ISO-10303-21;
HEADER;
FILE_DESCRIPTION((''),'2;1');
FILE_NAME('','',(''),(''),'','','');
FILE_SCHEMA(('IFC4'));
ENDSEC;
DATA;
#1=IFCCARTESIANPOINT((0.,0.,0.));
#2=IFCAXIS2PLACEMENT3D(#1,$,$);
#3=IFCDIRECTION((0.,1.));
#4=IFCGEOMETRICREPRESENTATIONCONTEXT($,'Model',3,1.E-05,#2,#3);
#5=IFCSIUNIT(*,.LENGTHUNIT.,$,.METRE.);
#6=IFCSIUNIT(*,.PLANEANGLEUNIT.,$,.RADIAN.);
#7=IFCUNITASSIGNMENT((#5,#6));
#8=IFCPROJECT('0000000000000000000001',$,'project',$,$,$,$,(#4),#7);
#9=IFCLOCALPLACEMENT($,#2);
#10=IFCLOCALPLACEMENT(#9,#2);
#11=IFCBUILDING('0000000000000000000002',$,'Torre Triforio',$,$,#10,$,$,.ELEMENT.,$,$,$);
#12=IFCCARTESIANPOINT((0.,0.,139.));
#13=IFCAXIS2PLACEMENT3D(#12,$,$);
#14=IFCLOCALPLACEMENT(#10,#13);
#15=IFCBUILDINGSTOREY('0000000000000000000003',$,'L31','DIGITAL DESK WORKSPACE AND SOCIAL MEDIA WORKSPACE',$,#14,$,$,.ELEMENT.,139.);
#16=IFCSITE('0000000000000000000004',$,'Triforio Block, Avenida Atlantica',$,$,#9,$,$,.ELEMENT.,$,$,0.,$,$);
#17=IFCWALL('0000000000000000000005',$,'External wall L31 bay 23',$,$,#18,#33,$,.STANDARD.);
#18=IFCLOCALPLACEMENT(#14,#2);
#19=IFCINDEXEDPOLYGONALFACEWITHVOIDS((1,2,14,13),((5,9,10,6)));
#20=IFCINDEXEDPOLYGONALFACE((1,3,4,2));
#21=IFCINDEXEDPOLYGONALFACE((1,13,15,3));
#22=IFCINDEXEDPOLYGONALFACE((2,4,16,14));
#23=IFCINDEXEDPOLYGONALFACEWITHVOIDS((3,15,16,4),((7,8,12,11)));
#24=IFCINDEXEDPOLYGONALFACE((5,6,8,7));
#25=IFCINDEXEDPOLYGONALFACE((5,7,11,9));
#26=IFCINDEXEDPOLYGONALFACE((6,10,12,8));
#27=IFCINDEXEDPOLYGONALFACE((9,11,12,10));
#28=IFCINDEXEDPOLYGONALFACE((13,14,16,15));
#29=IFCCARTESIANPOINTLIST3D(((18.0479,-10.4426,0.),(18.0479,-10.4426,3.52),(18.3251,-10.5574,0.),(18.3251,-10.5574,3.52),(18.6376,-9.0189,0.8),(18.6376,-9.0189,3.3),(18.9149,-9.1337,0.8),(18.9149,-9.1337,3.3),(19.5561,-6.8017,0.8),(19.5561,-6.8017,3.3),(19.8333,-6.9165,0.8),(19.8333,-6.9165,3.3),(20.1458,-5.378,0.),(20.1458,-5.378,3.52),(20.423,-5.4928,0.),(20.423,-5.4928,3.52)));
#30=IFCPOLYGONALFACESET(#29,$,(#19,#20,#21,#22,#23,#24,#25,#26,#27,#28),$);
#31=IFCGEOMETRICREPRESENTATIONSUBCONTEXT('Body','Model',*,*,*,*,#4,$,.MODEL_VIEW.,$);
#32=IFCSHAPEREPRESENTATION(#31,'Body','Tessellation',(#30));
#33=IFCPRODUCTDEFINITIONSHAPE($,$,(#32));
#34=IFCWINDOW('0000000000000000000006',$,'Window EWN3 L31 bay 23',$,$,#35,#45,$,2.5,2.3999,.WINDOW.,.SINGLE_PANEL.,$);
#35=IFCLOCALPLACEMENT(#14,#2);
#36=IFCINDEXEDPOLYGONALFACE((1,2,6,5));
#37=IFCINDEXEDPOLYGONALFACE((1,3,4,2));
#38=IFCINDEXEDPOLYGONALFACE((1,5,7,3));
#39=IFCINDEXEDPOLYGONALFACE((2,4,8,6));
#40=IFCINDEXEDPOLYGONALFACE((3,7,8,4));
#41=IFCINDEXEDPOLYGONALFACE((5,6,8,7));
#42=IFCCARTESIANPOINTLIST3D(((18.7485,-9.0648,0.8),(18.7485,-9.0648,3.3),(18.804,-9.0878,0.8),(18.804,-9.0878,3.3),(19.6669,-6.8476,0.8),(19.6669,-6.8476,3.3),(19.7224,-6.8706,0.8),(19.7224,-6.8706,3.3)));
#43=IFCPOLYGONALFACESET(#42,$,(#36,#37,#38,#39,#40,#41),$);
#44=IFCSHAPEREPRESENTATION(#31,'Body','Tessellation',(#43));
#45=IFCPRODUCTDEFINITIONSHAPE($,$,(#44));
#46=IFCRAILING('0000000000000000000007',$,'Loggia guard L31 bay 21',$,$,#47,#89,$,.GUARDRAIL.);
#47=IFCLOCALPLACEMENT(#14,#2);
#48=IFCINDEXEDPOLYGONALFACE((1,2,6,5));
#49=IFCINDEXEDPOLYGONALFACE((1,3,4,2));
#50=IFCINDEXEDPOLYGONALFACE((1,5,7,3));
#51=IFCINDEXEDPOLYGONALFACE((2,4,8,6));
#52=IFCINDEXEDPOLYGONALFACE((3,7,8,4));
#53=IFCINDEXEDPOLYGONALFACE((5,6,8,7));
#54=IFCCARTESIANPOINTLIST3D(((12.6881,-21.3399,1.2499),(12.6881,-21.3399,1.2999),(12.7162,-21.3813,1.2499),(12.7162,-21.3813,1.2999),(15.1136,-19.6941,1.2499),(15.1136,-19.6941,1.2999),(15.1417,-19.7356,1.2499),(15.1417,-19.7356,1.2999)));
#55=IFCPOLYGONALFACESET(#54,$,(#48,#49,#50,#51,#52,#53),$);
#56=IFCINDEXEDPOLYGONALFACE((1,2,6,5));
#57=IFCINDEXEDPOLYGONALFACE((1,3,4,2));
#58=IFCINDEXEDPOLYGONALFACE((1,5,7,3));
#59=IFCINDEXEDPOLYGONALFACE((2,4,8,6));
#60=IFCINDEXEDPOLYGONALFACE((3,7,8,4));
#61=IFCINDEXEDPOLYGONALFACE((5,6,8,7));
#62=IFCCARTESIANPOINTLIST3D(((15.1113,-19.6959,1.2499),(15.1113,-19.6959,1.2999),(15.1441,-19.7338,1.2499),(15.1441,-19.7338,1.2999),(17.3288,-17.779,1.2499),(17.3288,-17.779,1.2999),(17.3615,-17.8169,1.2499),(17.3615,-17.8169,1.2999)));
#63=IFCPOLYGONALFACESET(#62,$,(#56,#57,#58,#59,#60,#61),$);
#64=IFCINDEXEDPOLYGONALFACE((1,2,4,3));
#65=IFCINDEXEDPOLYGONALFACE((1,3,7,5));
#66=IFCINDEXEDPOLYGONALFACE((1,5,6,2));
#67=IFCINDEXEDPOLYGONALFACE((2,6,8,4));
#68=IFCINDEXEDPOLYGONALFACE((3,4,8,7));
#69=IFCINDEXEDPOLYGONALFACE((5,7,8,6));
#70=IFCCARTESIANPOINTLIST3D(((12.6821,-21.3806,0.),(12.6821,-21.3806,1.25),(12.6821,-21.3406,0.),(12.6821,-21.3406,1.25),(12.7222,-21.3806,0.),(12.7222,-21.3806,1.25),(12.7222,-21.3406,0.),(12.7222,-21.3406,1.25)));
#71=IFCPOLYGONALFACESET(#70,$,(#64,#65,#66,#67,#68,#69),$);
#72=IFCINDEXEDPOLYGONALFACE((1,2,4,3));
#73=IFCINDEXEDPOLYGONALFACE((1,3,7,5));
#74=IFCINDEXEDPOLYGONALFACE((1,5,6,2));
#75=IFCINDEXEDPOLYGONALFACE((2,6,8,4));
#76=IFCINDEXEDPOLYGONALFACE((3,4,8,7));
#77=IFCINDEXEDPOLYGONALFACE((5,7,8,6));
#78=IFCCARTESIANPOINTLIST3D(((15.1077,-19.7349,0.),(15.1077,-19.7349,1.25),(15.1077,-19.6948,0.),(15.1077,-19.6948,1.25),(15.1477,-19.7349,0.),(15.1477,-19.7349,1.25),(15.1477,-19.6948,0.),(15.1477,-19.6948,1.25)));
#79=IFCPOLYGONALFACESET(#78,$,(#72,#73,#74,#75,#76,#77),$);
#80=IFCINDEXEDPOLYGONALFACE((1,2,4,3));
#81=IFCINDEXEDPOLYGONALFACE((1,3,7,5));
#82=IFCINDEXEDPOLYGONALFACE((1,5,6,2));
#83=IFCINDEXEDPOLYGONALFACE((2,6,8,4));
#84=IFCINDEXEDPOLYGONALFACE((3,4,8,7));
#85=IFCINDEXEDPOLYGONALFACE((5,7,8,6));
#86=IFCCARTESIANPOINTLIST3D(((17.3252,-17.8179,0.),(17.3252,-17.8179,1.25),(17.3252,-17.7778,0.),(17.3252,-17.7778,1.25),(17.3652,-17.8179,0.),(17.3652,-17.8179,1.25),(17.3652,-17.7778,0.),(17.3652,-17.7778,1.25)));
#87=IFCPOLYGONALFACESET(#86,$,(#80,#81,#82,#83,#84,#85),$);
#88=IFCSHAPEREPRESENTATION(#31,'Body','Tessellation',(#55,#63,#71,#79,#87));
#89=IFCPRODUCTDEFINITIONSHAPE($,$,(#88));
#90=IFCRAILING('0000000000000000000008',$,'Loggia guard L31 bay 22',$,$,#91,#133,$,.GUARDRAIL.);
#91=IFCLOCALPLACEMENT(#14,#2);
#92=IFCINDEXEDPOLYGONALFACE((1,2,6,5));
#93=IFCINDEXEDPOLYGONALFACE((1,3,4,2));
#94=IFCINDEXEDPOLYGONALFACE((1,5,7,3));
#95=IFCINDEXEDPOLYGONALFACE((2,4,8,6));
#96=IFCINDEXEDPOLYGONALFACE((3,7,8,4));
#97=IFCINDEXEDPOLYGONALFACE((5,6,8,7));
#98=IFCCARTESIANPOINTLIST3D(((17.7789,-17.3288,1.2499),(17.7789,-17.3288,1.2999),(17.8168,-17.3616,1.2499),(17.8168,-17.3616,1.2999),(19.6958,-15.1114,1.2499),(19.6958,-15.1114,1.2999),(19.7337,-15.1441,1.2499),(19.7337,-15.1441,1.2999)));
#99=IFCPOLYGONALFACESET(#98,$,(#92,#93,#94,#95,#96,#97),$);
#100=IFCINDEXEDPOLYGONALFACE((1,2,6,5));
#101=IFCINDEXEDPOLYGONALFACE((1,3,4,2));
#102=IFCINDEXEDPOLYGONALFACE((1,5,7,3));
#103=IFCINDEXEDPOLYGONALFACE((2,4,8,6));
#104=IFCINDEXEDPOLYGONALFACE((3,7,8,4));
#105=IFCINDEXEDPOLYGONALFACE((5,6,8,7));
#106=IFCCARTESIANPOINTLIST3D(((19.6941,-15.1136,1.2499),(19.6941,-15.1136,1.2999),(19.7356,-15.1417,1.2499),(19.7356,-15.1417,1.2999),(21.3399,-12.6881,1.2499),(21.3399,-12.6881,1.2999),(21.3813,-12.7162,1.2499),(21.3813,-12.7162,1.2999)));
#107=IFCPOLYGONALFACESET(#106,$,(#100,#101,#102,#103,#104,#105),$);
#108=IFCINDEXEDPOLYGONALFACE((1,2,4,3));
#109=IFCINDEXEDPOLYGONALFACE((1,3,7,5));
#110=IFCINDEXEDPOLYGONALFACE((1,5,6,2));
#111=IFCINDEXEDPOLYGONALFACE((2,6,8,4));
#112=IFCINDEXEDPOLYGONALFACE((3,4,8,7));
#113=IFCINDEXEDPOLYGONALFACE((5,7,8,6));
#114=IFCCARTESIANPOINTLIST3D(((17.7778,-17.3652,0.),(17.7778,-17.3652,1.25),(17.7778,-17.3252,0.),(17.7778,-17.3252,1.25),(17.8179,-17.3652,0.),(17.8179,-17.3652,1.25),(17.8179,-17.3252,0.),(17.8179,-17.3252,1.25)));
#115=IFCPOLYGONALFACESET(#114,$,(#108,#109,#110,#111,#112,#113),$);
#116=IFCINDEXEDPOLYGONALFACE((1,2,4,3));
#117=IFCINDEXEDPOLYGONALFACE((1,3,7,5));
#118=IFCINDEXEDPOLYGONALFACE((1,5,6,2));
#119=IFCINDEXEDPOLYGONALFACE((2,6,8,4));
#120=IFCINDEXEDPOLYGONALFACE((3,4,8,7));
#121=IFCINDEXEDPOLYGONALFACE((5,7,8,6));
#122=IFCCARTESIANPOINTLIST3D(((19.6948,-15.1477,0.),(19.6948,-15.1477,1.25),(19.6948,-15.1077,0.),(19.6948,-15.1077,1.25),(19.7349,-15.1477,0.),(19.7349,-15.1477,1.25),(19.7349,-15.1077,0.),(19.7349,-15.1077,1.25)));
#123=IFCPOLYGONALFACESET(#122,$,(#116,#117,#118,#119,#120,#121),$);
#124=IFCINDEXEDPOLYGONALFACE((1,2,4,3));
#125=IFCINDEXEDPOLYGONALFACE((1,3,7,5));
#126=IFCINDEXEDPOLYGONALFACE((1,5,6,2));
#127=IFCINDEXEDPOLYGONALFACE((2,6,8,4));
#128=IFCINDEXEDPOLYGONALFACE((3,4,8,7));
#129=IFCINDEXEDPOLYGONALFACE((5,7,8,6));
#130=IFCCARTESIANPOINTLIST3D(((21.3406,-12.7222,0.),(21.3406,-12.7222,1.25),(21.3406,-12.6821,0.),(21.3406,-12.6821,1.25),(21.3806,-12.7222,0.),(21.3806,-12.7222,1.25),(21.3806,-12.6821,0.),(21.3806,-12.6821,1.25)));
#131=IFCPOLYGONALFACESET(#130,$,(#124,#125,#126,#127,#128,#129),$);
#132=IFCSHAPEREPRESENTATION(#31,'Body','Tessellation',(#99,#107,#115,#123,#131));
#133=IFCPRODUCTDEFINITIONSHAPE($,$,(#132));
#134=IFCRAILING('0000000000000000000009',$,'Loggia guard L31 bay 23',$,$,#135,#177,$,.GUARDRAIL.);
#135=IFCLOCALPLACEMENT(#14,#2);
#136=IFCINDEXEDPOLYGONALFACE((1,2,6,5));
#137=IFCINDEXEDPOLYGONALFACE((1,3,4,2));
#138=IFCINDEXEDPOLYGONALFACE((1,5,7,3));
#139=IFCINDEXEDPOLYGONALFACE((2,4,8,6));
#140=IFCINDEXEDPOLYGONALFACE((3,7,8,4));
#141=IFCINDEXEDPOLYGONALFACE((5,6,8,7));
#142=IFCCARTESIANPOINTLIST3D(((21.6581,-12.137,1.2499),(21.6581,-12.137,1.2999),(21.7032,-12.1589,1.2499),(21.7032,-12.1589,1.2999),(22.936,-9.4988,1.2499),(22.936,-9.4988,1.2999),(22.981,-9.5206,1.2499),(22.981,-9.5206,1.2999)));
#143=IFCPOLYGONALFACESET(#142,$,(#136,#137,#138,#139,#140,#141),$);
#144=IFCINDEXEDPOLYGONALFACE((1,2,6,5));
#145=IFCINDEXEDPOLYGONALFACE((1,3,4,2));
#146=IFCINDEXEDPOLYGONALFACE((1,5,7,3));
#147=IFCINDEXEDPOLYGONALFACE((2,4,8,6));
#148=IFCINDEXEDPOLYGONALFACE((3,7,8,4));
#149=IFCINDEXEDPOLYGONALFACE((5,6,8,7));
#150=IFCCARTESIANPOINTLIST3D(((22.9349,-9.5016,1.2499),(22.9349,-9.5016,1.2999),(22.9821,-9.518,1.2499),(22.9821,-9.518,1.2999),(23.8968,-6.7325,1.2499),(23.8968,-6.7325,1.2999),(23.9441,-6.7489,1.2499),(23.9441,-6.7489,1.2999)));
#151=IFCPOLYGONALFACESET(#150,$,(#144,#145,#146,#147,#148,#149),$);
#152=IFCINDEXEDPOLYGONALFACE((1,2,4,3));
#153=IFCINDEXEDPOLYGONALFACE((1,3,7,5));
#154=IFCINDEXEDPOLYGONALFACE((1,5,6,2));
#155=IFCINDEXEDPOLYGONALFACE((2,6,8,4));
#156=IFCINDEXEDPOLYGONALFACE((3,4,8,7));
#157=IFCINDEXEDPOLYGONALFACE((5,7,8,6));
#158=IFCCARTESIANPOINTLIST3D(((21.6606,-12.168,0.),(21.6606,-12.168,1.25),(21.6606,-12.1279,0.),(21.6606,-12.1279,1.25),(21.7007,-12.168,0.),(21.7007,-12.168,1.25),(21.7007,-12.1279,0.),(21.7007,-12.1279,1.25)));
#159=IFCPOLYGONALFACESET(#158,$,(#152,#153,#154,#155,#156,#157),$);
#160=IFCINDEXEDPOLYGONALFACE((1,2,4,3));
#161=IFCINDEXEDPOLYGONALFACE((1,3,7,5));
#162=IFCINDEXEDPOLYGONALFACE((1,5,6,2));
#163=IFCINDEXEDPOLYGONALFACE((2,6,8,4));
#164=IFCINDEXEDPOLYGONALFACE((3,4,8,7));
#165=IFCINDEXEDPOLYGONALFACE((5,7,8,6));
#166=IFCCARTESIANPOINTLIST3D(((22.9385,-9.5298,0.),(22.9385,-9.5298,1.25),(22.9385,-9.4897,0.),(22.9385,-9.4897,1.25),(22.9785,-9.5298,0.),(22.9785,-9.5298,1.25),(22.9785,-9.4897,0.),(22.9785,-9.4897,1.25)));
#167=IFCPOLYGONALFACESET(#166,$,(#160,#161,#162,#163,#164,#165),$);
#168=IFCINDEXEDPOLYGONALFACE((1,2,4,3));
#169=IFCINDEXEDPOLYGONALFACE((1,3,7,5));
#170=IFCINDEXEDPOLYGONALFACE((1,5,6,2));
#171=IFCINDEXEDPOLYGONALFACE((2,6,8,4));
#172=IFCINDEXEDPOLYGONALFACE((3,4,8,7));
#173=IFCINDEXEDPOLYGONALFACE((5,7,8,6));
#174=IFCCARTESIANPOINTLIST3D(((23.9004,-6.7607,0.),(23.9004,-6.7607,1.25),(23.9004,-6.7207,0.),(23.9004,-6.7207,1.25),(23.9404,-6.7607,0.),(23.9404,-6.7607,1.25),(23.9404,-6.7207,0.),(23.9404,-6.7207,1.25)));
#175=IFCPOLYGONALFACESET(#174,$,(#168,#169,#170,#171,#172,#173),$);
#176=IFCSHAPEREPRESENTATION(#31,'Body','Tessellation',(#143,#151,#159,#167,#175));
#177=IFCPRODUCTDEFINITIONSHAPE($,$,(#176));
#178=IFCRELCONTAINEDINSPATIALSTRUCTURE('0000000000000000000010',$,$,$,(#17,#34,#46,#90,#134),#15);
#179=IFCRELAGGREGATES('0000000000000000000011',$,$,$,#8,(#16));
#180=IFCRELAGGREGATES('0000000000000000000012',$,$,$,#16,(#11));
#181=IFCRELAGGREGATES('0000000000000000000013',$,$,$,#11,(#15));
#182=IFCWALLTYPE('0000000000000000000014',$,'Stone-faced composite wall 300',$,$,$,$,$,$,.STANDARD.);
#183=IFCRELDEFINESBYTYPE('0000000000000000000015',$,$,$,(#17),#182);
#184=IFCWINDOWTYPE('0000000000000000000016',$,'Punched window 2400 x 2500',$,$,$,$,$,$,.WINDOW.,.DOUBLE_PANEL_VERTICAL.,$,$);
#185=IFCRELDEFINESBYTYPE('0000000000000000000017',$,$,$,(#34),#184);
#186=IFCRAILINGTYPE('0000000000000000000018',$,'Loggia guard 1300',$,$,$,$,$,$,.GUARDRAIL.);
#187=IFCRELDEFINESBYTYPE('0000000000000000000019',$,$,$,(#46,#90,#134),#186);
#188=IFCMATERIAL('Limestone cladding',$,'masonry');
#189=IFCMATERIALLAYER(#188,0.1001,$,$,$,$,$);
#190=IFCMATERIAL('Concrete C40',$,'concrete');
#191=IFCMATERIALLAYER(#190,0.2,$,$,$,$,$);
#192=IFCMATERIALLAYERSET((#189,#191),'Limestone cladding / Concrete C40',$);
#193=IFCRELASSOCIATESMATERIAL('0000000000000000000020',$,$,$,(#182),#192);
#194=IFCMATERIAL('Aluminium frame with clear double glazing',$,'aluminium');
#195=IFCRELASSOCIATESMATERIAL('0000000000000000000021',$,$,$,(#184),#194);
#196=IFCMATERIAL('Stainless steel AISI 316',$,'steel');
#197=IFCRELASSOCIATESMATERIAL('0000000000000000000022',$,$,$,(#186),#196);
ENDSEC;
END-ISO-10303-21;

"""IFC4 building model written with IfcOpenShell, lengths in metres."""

from ifc_helpers import new_model, si_unit, direction, frame, frame_2d, origin, origin_2d, place, context, subcontext, project, spatial, rectangle, extrude, material, layer, layer_set, type_object, element, fill, save


model = new_model("IFC4")

# Units and contexts
model_context = context("Model", 3, precision=1e-05, world=origin(), true_north=direction((0.0, 1.0)))
body_context = subcontext(model_context, "Body", "Model", "MODEL_VIEW")
ifc_project = project(units=[si_unit("LENGTHUNIT", "METRE"), si_unit("PLANEANGLEUNIT", "RADIAN")], contexts=[model_context])

# Site, building, storey
site_placement = place(None, origin())
site = spatial("IfcSite", under=ifc_project, at=site_placement, Name="Triforio Block, Avenida Atlantica", CompositionType="ELEMENT", RefElevation=0.0)
building_placement = place(site_placement, origin())
building = spatial("IfcBuilding", under=site, at=building_placement, Name="Torre Triforio", CompositionType="ELEMENT")
storey_placement = place(building_placement, frame((0.0, 0.0, 139.0)))
storey = spatial("IfcBuildingStorey", under=building, at=storey_placement, Name="L31", Description="DIGITAL DESK WORKSPACE AND SOCIAL MEDIA WORKSPACE", CompositionType="ELEMENT", Elevation=139.0)

# Shared definitions
ifc_material_1 = material(Name="Limestone cladding", Category="masonry")
ifc_material_2 = material(Name="Concrete C40", Category="concrete")

# Shared definitions
ifc_layer_1 = layer(ifc_material_1, 0.1001)
ifc_layer_2 = layer(ifc_material_2, 0.2)
ifc_layer_set_1 = layer_set([ifc_layer_1, ifc_layer_2], Name="Limestone cladding / Concrete C40")
wall_type_1 = type_object("IfcWallType", Name="Stone-faced composite wall 300", PredefinedType="STANDARD", material=ifc_layer_set_1)
ifc_material_3 = material(Name="Aluminium frame with clear double glazing", Category="aluminium")
window_type_1 = type_object("IfcWindowType", Name="Punched window 2400 x 2500", PartitioningType="DOUBLE_PANEL_VERTICAL", PredefinedType="WINDOW", material=ifc_material_3)

# Wall, opening, window
wall_1_placement = place(storey_placement, frame((18.1865, -10.5, 0.0), z_axis=(0.0, 0.0, 1.0), x_axis=(0.382689, 0.923877, 0.0)))
wall_1 = element("IfcWall", 1, at=wall_1_placement, inside=storey, type_object=wall_type_1, Name="External wall L31 bay 23", PredefinedType="STANDARD", context=body_context, shape_type="SweptSolid", body=[
    extrude(rectangle(XDim=5.4819, YDim=0.3, at=frame_2d((2.741, 0.0))), origin(), (0.0, 0.0, 1.0), 3.52),
])
opening_1_placement = place(wall_1_placement, frame((1.541, 0.0, 0.8)))
opening_1 = element("IfcOpeningElement", 2, at=opening_1_placement, cuts=wall_1, PredefinedType="OPENING", context=body_context, shape_type="SweptSolid", body=[
    extrude(rectangle(XDim=2.3999, YDim=2.5, at=frame_2d((1.2, 1.25))), frame((0.0, 0.1599, 0.0), z_axis=(0.0, -1.0, 0.0), x_axis=(1.0, 0.0, 0.0)), (0.0, 0.0, 1.0), 0.3201),
])
window_1_placement = place(opening_1_placement, origin())
window_1 = element("IfcWindow", 3, at=window_1_placement, inside=storey, type_object=window_type_1, Name="Window EWN3 L31 bay 23", OverallHeight=2.5, OverallWidth=2.3999, PartitioningType="SINGLE_PANEL", PredefinedType="WINDOW", context=body_context, shape_type="SweptSolid", body=[
    extrude(rectangle(XDim=2.3999, YDim=2.5, at=frame_2d((1.2, 1.25))), frame((0.0, 0.03, 0.0), z_axis=(0.0, -1.0, 0.0), x_axis=(1.0, 0.0, 0.0)), (0.0, 0.0, 1.0), 0.0601),
])
fill(opening_1, window_1)

# Railings
ifc_material_4 = material(Name="Stainless steel AISI 316", Category="steel")
railing_type = type_object("IfcRailingType", Name="Loggia guard 1300", PredefinedType="GUARDRAIL", material=ifc_material_4)
railing_1_placement = place(storey_placement, frame((12.7021, -21.3606, 0.0)))
element("IfcRailing", 4, at=railing_1_placement, inside=storey, type_object=railing_type, Name="Loggia guard L31 bay 21", PredefinedType="GUARDRAIL", context=body_context, shape_type="SweptSolid", body=[
    extrude(rectangle(XDim=0.05, YDim=0.05, at=origin_2d()), frame((0.0, 0.0, 1.2749), z_axis=(0.827499, 0.561467, 0.0), x_axis=(-0.561467, 0.827499, 0.0)), (0.0, 0.0, 1.0), 2.9312),
    extrude(rectangle(XDim=0.05, YDim=0.05, at=origin_2d()), frame((2.4255, 1.6458, 1.2749), z_axis=(0.75651, 0.653982, 0.0), x_axis=(-0.653982, 0.75651, 0.0)), (0.0, 0.0, 1.0), 2.9312),
    extrude(rectangle(XDim=0.04, YDim=0.04, at=origin_2d()), origin(), (0.0, 0.0, 1.0), 1.25),
    extrude(rectangle(XDim=0.04, YDim=0.04, at=origin_2d()), frame((2.4255, 1.6458, 0.0)), (0.0, 0.0, 1.0), 1.25),
    extrude(rectangle(XDim=0.04, YDim=0.04, at=origin_2d()), frame((4.6431, 3.5627, 0.0)), (0.0, 0.0, 1.0), 1.25),
])
railing_2_placement = place(storey_placement, frame((17.7979, -17.3452, 0.0)))
element("IfcRailing", 5, at=railing_2_placement, inside=storey, type_object=railing_type, Name="Loggia guard L31 bay 22", PredefinedType="GUARDRAIL", context=body_context, shape_type="SweptSolid", body=[
    extrude(rectangle(XDim=0.05, YDim=0.05, at=origin_2d()), frame((0.0, 0.0, 1.2749), z_axis=(0.653982, 0.75651, 0.0), x_axis=(-0.75651, 0.653982, 0.0)), (0.0, 0.0, 1.0), 2.9312),
    extrude(rectangle(XDim=0.05, YDim=0.05, at=origin_2d()), frame((1.917, 2.2175, 1.2749), z_axis=(0.561467, 0.827499, 0.0), x_axis=(-0.827499, 0.561467, 0.0)), (0.0, 0.0, 1.0), 2.9312),
    extrude(rectangle(XDim=0.04, YDim=0.04, at=origin_2d()), origin(), (0.0, 0.0, 1.0), 1.25),
    extrude(rectangle(XDim=0.04, YDim=0.04, at=origin_2d()), frame((1.917, 2.2175, 0.0)), (0.0, 0.0, 1.0), 1.25),
    extrude(rectangle(XDim=0.04, YDim=0.04, at=origin_2d()), frame((3.5627, 4.6431, 0.0)), (0.0, 0.0, 1.0), 1.25),
])
railing_3_placement = place(storey_placement, frame((21.6807, -12.1479, 0.0)))
element("IfcRailing", 6, at=railing_3_placement, inside=storey, type_object=railing_type, Name="Loggia guard L31 bay 23", PredefinedType="GUARDRAIL", context=body_context, shape_type="SweptSolid", body=[
    extrude(rectangle(XDim=0.05, YDim=0.05, at=origin_2d()), frame((0.0, 0.0, 1.2749), z_axis=(0.435918, 0.899986, 0.0), x_axis=(-0.899986, 0.435918, 0.0)), (0.0, 0.0, 1.0), 2.9314),
    extrude(rectangle(XDim=0.05, YDim=0.05, at=origin_2d()), frame((1.2778, 2.6382, 1.2749), z_axis=(0.328146, 0.944627, 0.0), x_axis=(-0.944627, 0.328146, 0.0)), (0.0, 0.0, 1.0), 2.9314),
    extrude(rectangle(XDim=0.04, YDim=0.04, at=origin_2d()), origin(), (0.0, 0.0, 1.0), 1.25),
    extrude(rectangle(XDim=0.04, YDim=0.04, at=origin_2d()), frame((1.2778, 2.6382, 0.0)), (0.0, 0.0, 1.0), 1.25),
    extrude(rectangle(XDim=0.04, YDim=0.04, at=origin_2d()), frame((2.2397, 5.4072, 0.0)), (0.0, 0.0, 1.0), 1.25),
])

save(model, "model.ifc")
